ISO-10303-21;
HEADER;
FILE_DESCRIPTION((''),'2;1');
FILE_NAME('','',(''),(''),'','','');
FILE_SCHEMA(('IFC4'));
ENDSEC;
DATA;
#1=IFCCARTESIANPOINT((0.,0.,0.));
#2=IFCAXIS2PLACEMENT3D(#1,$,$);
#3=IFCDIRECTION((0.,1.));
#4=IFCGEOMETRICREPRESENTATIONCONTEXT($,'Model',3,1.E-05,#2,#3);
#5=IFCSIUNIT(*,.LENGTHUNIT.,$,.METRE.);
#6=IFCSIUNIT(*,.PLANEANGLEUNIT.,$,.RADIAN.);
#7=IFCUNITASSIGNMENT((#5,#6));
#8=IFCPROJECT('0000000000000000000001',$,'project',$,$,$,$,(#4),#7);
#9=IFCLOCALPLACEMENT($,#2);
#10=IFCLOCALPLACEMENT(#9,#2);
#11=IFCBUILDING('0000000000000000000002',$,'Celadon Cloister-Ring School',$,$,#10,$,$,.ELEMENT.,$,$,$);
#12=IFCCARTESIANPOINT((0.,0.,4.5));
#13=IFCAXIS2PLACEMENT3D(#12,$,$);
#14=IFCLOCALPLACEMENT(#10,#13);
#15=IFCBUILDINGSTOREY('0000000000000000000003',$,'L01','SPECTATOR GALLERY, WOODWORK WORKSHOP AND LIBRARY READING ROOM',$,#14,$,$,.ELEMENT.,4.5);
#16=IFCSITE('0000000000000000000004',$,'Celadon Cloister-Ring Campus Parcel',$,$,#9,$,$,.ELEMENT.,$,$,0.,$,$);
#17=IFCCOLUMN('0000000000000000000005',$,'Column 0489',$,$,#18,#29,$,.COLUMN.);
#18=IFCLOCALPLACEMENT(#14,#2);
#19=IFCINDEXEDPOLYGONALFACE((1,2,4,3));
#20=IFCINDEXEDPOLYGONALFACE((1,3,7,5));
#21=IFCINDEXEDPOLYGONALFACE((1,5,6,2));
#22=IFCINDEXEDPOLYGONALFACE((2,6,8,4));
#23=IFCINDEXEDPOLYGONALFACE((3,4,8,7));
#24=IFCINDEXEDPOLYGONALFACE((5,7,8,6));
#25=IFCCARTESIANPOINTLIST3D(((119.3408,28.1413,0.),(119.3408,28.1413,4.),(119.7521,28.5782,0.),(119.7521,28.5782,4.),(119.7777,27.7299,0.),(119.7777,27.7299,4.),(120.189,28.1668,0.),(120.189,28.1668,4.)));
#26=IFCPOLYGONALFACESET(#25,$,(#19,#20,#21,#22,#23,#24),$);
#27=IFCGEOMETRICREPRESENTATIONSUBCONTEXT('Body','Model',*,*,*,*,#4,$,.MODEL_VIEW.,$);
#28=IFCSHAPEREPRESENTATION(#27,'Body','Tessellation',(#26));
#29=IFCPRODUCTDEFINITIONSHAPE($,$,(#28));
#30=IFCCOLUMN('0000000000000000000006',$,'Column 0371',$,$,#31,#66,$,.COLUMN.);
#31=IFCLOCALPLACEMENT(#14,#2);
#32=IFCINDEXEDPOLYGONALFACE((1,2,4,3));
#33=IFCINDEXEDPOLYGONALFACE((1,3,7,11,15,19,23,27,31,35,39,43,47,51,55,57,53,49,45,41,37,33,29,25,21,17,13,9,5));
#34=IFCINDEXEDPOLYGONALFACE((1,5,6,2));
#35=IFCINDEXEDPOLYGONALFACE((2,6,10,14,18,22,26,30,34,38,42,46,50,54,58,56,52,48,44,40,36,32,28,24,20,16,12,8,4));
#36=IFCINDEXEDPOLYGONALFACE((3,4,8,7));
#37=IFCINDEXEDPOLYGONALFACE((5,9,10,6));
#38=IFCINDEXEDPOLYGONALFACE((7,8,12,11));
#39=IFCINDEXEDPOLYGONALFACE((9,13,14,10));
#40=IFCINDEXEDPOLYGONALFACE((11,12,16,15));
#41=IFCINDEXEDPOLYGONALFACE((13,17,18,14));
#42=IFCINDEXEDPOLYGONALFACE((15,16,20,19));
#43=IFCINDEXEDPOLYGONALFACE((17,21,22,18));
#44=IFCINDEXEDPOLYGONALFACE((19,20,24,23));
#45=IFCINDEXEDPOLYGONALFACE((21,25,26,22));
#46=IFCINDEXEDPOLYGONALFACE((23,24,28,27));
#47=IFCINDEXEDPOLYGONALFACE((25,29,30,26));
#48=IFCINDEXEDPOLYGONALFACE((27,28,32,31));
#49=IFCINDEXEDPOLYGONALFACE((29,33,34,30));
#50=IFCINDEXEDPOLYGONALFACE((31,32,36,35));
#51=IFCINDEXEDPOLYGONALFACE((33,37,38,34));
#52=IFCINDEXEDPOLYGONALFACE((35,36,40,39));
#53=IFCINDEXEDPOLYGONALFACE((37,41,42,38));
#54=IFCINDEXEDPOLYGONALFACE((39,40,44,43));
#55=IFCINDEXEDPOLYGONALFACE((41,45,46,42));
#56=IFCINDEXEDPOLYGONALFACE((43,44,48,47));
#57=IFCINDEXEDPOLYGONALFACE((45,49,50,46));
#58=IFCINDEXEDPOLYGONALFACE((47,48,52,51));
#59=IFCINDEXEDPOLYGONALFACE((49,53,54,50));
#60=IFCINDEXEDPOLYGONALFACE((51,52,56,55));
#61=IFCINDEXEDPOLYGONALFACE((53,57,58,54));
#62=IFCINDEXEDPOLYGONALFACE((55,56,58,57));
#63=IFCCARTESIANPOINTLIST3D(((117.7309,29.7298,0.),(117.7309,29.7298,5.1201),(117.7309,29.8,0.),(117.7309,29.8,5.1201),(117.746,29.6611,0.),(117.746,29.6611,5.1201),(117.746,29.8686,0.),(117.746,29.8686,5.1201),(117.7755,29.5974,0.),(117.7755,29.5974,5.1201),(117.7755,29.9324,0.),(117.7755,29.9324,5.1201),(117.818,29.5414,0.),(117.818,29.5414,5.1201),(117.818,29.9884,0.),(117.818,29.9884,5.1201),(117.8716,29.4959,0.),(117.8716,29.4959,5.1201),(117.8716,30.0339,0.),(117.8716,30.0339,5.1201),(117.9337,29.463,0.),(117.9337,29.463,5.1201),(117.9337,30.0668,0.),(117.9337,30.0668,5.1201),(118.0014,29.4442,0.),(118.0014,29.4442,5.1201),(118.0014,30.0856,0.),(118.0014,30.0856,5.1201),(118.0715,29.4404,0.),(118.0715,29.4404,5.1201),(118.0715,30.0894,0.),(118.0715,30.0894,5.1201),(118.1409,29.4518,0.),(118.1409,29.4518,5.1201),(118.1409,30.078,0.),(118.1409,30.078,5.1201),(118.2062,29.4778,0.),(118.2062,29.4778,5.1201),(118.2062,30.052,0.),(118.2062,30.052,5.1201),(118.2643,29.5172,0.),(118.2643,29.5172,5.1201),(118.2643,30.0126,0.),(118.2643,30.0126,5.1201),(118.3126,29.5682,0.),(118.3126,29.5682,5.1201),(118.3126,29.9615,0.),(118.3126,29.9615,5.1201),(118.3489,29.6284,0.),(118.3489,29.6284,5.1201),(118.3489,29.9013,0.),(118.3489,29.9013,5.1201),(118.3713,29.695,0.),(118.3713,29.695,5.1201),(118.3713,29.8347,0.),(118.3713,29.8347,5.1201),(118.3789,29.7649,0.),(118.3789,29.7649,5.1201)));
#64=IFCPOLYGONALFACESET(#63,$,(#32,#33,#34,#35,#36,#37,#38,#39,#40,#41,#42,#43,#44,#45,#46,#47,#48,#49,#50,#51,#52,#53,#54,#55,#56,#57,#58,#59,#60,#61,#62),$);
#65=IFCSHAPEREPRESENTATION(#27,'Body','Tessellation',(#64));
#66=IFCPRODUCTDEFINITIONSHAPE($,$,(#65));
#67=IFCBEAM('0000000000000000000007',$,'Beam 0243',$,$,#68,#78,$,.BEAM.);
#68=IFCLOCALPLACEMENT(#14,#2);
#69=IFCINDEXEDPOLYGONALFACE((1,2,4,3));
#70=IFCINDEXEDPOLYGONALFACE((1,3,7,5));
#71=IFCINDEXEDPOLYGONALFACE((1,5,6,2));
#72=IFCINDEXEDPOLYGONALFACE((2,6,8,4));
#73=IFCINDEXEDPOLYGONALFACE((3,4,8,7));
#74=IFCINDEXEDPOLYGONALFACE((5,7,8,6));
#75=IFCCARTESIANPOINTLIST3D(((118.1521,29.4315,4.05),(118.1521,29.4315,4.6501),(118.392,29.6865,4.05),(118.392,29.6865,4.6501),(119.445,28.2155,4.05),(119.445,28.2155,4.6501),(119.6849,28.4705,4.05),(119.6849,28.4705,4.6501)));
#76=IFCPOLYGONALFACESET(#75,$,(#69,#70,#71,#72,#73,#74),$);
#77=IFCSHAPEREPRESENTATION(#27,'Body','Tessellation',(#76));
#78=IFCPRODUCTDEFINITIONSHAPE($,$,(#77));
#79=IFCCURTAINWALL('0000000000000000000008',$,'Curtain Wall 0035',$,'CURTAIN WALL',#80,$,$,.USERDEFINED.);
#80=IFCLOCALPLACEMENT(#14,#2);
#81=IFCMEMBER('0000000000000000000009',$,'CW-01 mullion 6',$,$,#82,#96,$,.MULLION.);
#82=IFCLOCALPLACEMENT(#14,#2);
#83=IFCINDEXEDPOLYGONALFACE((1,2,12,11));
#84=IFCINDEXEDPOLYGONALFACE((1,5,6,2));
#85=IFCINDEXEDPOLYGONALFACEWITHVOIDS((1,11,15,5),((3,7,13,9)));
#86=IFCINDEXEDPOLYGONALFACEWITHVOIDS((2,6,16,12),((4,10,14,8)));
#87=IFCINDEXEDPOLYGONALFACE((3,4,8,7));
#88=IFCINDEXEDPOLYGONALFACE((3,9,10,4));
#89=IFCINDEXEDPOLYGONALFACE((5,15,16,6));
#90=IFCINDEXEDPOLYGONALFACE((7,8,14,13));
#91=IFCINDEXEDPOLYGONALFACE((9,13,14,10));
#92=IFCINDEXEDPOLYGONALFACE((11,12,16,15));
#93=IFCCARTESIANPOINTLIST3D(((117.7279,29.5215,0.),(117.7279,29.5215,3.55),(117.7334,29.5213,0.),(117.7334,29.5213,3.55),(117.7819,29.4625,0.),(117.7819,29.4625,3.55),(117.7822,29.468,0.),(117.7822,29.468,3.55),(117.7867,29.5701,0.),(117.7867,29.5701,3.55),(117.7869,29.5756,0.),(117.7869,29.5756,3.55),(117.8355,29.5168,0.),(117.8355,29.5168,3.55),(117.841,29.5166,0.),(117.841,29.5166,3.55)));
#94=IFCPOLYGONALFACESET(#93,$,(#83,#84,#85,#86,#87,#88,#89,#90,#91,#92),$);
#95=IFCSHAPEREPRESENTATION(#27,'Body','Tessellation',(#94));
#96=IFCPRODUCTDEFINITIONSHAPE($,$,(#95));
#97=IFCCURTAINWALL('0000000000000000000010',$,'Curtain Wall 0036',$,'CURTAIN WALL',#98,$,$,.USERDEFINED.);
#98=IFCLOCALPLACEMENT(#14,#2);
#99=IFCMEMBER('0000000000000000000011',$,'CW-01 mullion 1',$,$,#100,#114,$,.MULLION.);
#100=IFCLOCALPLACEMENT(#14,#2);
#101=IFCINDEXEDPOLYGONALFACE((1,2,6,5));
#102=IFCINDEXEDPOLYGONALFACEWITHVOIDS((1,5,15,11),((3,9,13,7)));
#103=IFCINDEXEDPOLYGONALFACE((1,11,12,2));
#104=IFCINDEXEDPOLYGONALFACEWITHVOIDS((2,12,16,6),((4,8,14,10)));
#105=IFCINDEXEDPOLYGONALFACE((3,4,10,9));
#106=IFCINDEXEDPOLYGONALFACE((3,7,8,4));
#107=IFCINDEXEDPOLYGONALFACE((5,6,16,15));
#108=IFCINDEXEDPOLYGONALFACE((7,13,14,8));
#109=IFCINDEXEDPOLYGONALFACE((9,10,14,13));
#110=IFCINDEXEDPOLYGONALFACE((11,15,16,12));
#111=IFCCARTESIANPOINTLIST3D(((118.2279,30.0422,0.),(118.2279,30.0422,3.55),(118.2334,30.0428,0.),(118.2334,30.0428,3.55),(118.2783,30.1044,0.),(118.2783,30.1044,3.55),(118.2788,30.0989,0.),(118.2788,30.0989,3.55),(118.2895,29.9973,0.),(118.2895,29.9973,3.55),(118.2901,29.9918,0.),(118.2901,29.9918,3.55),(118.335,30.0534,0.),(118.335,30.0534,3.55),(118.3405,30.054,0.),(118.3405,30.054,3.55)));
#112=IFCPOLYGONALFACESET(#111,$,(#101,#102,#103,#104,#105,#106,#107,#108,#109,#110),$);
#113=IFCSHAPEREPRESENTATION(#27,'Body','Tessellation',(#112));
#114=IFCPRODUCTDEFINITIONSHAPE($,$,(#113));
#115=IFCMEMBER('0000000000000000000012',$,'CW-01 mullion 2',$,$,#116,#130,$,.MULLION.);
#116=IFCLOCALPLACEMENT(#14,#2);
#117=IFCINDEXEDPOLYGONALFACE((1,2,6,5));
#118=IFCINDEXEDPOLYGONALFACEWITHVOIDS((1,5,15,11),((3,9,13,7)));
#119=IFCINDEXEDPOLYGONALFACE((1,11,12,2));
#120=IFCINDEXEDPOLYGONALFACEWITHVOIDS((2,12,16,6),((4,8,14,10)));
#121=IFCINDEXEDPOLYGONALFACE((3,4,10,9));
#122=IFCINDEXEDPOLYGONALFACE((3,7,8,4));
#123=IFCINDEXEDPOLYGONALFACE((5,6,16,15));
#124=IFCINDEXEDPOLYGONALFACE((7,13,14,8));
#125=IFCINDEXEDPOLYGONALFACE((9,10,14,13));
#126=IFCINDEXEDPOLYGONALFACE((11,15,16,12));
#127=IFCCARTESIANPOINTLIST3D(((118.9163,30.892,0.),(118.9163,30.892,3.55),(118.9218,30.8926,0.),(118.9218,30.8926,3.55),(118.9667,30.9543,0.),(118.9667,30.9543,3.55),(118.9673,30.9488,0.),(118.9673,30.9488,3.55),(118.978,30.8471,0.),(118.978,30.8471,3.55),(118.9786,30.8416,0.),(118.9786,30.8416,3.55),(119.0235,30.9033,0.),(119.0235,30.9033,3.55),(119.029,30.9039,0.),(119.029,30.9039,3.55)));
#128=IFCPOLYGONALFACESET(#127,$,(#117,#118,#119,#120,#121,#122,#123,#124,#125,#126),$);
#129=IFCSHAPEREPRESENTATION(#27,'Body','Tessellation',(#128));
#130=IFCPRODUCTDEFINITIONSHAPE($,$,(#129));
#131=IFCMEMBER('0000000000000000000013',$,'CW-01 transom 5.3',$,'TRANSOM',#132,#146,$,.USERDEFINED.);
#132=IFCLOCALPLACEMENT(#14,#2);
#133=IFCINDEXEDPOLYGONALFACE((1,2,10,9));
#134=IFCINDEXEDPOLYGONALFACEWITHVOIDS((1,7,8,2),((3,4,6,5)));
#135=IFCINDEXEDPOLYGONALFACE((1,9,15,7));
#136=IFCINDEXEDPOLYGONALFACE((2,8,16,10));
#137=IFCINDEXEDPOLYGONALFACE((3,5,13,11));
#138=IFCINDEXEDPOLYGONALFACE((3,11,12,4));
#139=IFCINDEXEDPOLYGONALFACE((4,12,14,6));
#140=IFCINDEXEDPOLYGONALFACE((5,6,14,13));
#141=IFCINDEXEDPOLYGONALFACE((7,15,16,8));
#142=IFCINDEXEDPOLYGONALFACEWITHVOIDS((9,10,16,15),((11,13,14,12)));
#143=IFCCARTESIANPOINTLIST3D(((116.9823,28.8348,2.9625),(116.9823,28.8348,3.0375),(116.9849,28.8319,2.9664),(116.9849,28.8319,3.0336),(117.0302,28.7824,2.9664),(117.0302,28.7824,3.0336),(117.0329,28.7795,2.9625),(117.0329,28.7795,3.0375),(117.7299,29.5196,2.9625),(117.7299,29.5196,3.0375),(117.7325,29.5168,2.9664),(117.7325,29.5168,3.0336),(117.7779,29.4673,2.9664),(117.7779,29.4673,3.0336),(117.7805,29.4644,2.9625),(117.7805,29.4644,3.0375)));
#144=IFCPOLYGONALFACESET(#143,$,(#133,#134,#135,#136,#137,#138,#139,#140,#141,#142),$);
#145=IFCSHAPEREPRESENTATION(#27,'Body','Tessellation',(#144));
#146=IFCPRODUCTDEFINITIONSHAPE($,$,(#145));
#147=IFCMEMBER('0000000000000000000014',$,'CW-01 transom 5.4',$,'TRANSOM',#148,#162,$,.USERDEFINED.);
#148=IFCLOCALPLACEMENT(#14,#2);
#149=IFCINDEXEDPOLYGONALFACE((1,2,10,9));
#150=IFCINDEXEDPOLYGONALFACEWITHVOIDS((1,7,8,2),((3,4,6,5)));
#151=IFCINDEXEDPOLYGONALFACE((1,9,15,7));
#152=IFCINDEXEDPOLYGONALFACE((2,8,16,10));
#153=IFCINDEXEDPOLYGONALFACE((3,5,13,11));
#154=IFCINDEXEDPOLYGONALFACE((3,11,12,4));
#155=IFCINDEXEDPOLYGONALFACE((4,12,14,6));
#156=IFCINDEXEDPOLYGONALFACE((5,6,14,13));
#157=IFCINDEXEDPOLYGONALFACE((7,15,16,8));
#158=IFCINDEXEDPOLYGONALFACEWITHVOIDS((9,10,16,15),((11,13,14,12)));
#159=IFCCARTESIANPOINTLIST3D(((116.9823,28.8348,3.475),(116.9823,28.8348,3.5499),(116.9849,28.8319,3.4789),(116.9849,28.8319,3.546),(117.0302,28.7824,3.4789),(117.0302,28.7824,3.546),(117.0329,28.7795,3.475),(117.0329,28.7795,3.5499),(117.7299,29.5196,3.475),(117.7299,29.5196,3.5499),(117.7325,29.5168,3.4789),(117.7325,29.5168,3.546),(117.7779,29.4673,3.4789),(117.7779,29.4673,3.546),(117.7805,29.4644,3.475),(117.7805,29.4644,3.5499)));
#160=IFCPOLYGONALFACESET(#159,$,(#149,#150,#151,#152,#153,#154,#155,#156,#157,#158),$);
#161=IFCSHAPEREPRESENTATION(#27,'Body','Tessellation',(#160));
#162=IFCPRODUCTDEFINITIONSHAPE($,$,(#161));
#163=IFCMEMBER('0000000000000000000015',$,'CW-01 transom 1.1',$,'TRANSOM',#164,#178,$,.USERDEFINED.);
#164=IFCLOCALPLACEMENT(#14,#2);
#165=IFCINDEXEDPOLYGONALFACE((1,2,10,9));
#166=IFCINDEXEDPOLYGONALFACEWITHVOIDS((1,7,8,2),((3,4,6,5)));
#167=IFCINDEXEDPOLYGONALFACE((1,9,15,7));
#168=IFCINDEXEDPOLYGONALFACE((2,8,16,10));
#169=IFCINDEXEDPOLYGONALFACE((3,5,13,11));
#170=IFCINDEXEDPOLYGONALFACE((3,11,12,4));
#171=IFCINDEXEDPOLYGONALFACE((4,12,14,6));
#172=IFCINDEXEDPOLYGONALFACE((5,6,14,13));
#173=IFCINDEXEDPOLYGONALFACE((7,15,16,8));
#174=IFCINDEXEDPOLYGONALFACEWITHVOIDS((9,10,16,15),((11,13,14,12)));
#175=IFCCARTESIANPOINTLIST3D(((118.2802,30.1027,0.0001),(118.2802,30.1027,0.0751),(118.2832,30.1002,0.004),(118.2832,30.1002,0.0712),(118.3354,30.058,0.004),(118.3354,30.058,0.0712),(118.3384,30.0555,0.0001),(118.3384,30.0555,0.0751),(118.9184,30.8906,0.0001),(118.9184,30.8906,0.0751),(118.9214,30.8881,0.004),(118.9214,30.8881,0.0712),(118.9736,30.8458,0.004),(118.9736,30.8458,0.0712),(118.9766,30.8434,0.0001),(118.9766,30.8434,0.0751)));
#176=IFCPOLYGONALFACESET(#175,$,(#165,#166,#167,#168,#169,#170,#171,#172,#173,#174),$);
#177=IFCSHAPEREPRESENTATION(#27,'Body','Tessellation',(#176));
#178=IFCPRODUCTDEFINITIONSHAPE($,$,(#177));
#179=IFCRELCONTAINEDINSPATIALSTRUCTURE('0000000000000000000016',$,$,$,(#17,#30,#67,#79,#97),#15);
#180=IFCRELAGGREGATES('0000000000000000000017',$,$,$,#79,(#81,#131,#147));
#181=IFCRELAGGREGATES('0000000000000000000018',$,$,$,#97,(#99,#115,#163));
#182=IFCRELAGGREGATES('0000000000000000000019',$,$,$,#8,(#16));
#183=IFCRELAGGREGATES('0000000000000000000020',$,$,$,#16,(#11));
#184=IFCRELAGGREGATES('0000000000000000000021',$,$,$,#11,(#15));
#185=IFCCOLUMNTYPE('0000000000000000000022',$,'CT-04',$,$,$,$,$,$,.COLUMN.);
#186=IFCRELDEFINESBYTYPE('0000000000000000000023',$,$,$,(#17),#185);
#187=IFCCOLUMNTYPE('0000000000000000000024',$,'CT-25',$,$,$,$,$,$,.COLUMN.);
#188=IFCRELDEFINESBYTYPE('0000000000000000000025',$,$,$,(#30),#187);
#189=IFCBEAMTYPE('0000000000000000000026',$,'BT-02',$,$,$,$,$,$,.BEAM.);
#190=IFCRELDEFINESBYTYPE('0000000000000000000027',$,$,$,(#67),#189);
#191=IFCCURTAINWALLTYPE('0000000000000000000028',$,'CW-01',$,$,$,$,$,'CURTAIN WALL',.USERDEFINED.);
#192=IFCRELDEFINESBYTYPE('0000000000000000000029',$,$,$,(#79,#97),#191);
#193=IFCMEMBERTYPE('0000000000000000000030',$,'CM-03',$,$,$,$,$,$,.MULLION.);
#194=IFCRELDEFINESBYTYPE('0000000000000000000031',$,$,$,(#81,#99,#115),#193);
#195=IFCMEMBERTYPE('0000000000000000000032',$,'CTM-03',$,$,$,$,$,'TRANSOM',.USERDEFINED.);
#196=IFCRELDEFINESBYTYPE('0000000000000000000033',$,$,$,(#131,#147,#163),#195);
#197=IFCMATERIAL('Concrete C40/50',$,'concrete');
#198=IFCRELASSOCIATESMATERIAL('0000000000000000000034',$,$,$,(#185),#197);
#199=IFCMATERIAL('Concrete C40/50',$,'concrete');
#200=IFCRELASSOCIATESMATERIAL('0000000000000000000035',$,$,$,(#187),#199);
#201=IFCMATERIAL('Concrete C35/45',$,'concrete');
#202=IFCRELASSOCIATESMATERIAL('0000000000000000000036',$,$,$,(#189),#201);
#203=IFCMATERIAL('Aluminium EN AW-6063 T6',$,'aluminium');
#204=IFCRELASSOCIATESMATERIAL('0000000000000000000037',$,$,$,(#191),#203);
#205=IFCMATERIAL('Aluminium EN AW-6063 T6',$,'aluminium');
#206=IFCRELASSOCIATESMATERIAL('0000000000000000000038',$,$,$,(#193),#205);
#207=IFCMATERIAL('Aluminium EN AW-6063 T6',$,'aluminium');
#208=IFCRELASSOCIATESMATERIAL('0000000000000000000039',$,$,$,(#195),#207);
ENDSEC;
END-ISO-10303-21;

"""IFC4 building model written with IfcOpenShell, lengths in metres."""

from ifc_helpers import new_model, si_unit, direction, frame, origin, origin_2d, place, context, subcontext, project, spatial, rectangle, hollow_rectangle, circle, extrude, material, material_profile, profile_set, type_object, element, aggregate, save


model = new_model("IFC4")

# Units and contexts
model_context = context("Model", 3, precision=1e-05, world=origin(), true_north=direction((0.0, 1.0)))
body_context = subcontext(model_context, "Body", "Model", "MODEL_VIEW")
ifc_project = project(units=[si_unit("LENGTHUNIT", "METRE"), si_unit("PLANEANGLEUNIT", "RADIAN")], contexts=[model_context])

# Site, building, storey
site_placement = place(None, origin())
site = spatial("IfcSite", under=ifc_project, at=site_placement, Name="Celadon Cloister-Ring Campus Parcel", CompositionType="ELEMENT", RefElevation=0.0)
building_placement = place(site_placement, origin())
building = spatial("IfcBuilding", under=site, at=building_placement, Name="Celadon Cloister-Ring School", CompositionType="ELEMENT")
storey_placement = place(building_placement, frame((0.0, 0.0, 4.5)))
storey = spatial("IfcBuildingStorey", under=building, at=storey_placement, Name="L01", Description="SPECTATOR GALLERY, WOODWORK WORKSHOP AND LIBRARY READING ROOM", CompositionType="ELEMENT", Elevation=4.5)

# Columns
ifc_material_1 = material(Name="Concrete C40/50", Category="concrete")
ifc_material_profile_1 = material_profile(ifc_material_1, rectangle(XDim=0.6001, YDim=0.6001, at=origin_2d()), Name="RC600X600")
ifc_profile_set_1 = profile_set([ifc_material_profile_1], Name="Concrete C40/50")
column_type_1 = type_object("IfcColumnType", Name="CT-04", PredefinedType="COLUMN", material=ifc_profile_set_1)
column_1_placement = place(storey_placement, frame((119.7649, 28.1541, 0.0), z_axis=(0.0, 0.0, 1.0), x_axis=(0.728108, -0.685463, 0.0)))
element("IfcColumn", 1, at=column_1_placement, inside=storey, type_object=column_type_1, Name="Column 0489", PredefinedType="COLUMN", context=body_context, shape_type="SweptSolid", body=[
    extrude(rectangle(XDim=0.6001, YDim=0.6001, at=origin_2d()), origin(), (0.0, 0.0, 1.0), 4.0),
])
ifc_material_2 = material(Name="Concrete C40/50", Category="concrete")
ifc_material_profile_2 = material_profile(ifc_material_2, circle(Radius=0.325, at=origin_2d()), Name="CIRC650")
ifc_profile_set_2 = profile_set([ifc_material_profile_2], Name="Concrete C40/50")
column_type_2 = type_object("IfcColumnType", Name="CT-25", PredefinedType="COLUMN", material=ifc_profile_set_2)
column_2_placement = place(storey_placement, frame((118.054, 29.7649, 0.0), z_axis=(0.0, 0.0, 1.0), x_axis=(1.0, 0.0, 0.0)))
element("IfcColumn", 2, at=column_2_placement, inside=storey, type_object=column_type_2, Name="Column 0371", PredefinedType="COLUMN", context=body_context, shape_type="SweptSolid", body=[
    extrude(circle(Radius=0.325, at=origin_2d()), origin(), (0.0, 0.0, 1.0), 5.1201),
])

# Beam
ifc_material_3 = material(Name="Concrete C35/45", Category="concrete")
ifc_material_profile_3 = material_profile(ifc_material_3, rectangle(XDim=0.3501, YDim=0.6001, at=origin_2d()), Name="RC350X600")
ifc_profile_set_3 = profile_set([ifc_material_profile_3], Name="Concrete C35/45")
beam_type_1 = type_object("IfcBeamType", Name="BT-02", PredefinedType="BEAM", material=ifc_profile_set_3)
beam_1_placement = place(storey_placement, frame((119.5649, 28.343, 4.3501), z_axis=(-0.728438, 0.685112, 0.0), x_axis=(-0.685112, -0.728438, 0.0)))
element("IfcBeam", 3, at=beam_1_placement, inside=storey, type_object=beam_type_1, Name="Beam 0243", PredefinedType="BEAM", context=body_context, shape_type="SweptSolid", body=[
    extrude(rectangle(XDim=0.3501, YDim=0.6001, at=origin_2d()), origin(), (0.0, 0.0, 1.0), 1.7749),
])

# Curtain wall, member
ifc_material_4 = material(Name="Aluminium EN AW-6063 T6", Category="aluminium")
curtain_wall_type = type_object("IfcCurtainWallType", Name="CW-01", ElementType="CURTAIN WALL", PredefinedType="USERDEFINED", material=ifc_material_4)
curtain_wall_1_placement = place(storey_placement, origin())
curtain_wall_1 = element("IfcCurtainWall", 4, at=curtain_wall_1_placement, inside=storey, type_object=curtain_wall_type, Name="Curtain Wall 0035", ObjectType="CURTAIN WALL", PredefinedType="USERDEFINED")
ifc_material_5 = material(Name="Aluminium EN AW-6063 T6", Category="aluminium")
ifc_material_profile_4 = material_profile(ifc_material_5, hollow_rectangle(XDim=0.0801, YDim=0.0801, WallThickness=0.0039, at=origin_2d()), Name="RHS80X80X4")
ifc_profile_set_4 = profile_set([ifc_material_profile_4], Name="Aluminium EN AW-6063 T6")
member_type_1 = type_object("IfcMemberType", Name="CM-03", PredefinedType="MULLION", material=ifc_profile_set_4)
member_1_placement = place(storey_placement, frame((117.7844, 29.519, 0.0), z_axis=(0.0, 0.0, 1.0), x_axis=(-0.675469, 0.737388, 0.0)))
member_1 = element("IfcMember", 5, at=member_1_placement, type_object=member_type_1, Name="CW-01 mullion 6", PredefinedType="MULLION", context=body_context, shape_type="SweptSolid", body=[
    extrude(hollow_rectangle(XDim=0.0801, YDim=0.0801, WallThickness=0.0039, at=origin_2d()), origin(), (0.0, 0.0, 1.0), 3.55),
])

# Curtain wall, members
curtain_wall_2_placement = place(storey_placement, origin())
curtain_wall_2 = element("IfcCurtainWall", 6, at=curtain_wall_2_placement, inside=storey, type_object=curtain_wall_type, Name="Curtain Wall 0036", ObjectType="CURTAIN WALL", PredefinedType="USERDEFINED")
member_2_placement = place(storey_placement, frame((118.2842, 30.0481, 0.0), z_axis=(0.0, 0.0, 1.0), x_axis=(-0.777068, 0.629416, 0.0)))
member_2 = element("IfcMember", 7, at=member_2_placement, type_object=member_type_1, Name="CW-01 mullion 1", PredefinedType="MULLION", context=body_context, shape_type="SweptSolid", body=[
    extrude(hollow_rectangle(XDim=0.0801, YDim=0.0801, WallThickness=0.0039, at=origin_2d()), origin(), (0.0, 0.0, 1.0), 3.55),
])
member_3_placement = place(storey_placement, frame((118.9727, 30.8979, 0.0), z_axis=(0.0, 0.0, 1.0), x_axis=(-0.777068, 0.629416, 0.0)))
member_3 = element("IfcMember", 8, at=member_3_placement, type_object=member_type_1, Name="CW-01 mullion 2", PredefinedType="MULLION", context=body_context, shape_type="SweptSolid", body=[
    extrude(hollow_rectangle(XDim=0.0801, YDim=0.0801, WallThickness=0.0039, at=origin_2d()), origin(), (0.0, 0.0, 1.0), 3.55),
])

# Members
ifc_material_6 = material(Name="Aluminium EN AW-6063 T6", Category="aluminium")
ifc_material_profile_5 = material_profile(ifc_material_6, hollow_rectangle(XDim=0.075, YDim=0.075, WallThickness=0.0039, at=origin_2d()), Name="RHS75X75X4")
ifc_profile_set_5 = profile_set([ifc_material_profile_5], Name="Aluminium EN AW-6063 T6")
member_type_2 = type_object("IfcMemberType", Name="CTM-03", ElementType="TRANSOM", PredefinedType="USERDEFINED", material=ifc_profile_set_5)
member_4_placement = place(storey_placement, frame((117.0076, 28.8071, 3.0), z_axis=(0.737374, 0.675485, 0.0), x_axis=(-0.675485, 0.737374, 0.0)))
member_4 = element("IfcMember", 9, at=member_4_placement, type_object=member_type_2, Name="CW-01 transom 5.3", ObjectType="TRANSOM", PredefinedType="USERDEFINED", context=body_context, shape_type="SweptSolid", body=[
    extrude(hollow_rectangle(XDim=0.075, YDim=0.075, WallThickness=0.0039, at=origin_2d()), origin(), (0.0, 0.0, 1.0), 1.0139),
])
member_5_placement = place(storey_placement, frame((117.0076, 28.8071, 3.5125), z_axis=(0.737374, 0.675485, 0.0), x_axis=(-0.675485, 0.737374, 0.0)))
member_5 = element("IfcMember", 10, at=member_5_placement, type_object=member_type_2, Name="CW-01 transom 5.4", ObjectType="TRANSOM", PredefinedType="USERDEFINED", context=body_context, shape_type="SweptSolid", body=[
    extrude(hollow_rectangle(XDim=0.075, YDim=0.075, WallThickness=0.0039, at=origin_2d()), origin(), (0.0, 0.0, 1.0), 1.0139),
])
member_6_placement = place(storey_placement, frame((118.3093, 30.0791, 0.0376), z_axis=(0.629441, 0.777049, 0.0), x_axis=(-0.777049, 0.629441, 0.0)))
member_6 = element("IfcMember", 11, at=member_6_placement, type_object=member_type_2, Name="CW-01 transom 1.1", ObjectType="TRANSOM", PredefinedType="USERDEFINED", context=body_context, shape_type="SweptSolid", body=[
    extrude(hollow_rectangle(XDim=0.075, YDim=0.075, WallThickness=0.0039, at=origin_2d()), origin(), (0.0, 0.0, 1.0), 1.0139),
])

aggregate(curtain_wall_1, [member_1, member_4, member_5])
aggregate(curtain_wall_2, [member_2, member_3, member_6])

save(model, "model.ifc")
